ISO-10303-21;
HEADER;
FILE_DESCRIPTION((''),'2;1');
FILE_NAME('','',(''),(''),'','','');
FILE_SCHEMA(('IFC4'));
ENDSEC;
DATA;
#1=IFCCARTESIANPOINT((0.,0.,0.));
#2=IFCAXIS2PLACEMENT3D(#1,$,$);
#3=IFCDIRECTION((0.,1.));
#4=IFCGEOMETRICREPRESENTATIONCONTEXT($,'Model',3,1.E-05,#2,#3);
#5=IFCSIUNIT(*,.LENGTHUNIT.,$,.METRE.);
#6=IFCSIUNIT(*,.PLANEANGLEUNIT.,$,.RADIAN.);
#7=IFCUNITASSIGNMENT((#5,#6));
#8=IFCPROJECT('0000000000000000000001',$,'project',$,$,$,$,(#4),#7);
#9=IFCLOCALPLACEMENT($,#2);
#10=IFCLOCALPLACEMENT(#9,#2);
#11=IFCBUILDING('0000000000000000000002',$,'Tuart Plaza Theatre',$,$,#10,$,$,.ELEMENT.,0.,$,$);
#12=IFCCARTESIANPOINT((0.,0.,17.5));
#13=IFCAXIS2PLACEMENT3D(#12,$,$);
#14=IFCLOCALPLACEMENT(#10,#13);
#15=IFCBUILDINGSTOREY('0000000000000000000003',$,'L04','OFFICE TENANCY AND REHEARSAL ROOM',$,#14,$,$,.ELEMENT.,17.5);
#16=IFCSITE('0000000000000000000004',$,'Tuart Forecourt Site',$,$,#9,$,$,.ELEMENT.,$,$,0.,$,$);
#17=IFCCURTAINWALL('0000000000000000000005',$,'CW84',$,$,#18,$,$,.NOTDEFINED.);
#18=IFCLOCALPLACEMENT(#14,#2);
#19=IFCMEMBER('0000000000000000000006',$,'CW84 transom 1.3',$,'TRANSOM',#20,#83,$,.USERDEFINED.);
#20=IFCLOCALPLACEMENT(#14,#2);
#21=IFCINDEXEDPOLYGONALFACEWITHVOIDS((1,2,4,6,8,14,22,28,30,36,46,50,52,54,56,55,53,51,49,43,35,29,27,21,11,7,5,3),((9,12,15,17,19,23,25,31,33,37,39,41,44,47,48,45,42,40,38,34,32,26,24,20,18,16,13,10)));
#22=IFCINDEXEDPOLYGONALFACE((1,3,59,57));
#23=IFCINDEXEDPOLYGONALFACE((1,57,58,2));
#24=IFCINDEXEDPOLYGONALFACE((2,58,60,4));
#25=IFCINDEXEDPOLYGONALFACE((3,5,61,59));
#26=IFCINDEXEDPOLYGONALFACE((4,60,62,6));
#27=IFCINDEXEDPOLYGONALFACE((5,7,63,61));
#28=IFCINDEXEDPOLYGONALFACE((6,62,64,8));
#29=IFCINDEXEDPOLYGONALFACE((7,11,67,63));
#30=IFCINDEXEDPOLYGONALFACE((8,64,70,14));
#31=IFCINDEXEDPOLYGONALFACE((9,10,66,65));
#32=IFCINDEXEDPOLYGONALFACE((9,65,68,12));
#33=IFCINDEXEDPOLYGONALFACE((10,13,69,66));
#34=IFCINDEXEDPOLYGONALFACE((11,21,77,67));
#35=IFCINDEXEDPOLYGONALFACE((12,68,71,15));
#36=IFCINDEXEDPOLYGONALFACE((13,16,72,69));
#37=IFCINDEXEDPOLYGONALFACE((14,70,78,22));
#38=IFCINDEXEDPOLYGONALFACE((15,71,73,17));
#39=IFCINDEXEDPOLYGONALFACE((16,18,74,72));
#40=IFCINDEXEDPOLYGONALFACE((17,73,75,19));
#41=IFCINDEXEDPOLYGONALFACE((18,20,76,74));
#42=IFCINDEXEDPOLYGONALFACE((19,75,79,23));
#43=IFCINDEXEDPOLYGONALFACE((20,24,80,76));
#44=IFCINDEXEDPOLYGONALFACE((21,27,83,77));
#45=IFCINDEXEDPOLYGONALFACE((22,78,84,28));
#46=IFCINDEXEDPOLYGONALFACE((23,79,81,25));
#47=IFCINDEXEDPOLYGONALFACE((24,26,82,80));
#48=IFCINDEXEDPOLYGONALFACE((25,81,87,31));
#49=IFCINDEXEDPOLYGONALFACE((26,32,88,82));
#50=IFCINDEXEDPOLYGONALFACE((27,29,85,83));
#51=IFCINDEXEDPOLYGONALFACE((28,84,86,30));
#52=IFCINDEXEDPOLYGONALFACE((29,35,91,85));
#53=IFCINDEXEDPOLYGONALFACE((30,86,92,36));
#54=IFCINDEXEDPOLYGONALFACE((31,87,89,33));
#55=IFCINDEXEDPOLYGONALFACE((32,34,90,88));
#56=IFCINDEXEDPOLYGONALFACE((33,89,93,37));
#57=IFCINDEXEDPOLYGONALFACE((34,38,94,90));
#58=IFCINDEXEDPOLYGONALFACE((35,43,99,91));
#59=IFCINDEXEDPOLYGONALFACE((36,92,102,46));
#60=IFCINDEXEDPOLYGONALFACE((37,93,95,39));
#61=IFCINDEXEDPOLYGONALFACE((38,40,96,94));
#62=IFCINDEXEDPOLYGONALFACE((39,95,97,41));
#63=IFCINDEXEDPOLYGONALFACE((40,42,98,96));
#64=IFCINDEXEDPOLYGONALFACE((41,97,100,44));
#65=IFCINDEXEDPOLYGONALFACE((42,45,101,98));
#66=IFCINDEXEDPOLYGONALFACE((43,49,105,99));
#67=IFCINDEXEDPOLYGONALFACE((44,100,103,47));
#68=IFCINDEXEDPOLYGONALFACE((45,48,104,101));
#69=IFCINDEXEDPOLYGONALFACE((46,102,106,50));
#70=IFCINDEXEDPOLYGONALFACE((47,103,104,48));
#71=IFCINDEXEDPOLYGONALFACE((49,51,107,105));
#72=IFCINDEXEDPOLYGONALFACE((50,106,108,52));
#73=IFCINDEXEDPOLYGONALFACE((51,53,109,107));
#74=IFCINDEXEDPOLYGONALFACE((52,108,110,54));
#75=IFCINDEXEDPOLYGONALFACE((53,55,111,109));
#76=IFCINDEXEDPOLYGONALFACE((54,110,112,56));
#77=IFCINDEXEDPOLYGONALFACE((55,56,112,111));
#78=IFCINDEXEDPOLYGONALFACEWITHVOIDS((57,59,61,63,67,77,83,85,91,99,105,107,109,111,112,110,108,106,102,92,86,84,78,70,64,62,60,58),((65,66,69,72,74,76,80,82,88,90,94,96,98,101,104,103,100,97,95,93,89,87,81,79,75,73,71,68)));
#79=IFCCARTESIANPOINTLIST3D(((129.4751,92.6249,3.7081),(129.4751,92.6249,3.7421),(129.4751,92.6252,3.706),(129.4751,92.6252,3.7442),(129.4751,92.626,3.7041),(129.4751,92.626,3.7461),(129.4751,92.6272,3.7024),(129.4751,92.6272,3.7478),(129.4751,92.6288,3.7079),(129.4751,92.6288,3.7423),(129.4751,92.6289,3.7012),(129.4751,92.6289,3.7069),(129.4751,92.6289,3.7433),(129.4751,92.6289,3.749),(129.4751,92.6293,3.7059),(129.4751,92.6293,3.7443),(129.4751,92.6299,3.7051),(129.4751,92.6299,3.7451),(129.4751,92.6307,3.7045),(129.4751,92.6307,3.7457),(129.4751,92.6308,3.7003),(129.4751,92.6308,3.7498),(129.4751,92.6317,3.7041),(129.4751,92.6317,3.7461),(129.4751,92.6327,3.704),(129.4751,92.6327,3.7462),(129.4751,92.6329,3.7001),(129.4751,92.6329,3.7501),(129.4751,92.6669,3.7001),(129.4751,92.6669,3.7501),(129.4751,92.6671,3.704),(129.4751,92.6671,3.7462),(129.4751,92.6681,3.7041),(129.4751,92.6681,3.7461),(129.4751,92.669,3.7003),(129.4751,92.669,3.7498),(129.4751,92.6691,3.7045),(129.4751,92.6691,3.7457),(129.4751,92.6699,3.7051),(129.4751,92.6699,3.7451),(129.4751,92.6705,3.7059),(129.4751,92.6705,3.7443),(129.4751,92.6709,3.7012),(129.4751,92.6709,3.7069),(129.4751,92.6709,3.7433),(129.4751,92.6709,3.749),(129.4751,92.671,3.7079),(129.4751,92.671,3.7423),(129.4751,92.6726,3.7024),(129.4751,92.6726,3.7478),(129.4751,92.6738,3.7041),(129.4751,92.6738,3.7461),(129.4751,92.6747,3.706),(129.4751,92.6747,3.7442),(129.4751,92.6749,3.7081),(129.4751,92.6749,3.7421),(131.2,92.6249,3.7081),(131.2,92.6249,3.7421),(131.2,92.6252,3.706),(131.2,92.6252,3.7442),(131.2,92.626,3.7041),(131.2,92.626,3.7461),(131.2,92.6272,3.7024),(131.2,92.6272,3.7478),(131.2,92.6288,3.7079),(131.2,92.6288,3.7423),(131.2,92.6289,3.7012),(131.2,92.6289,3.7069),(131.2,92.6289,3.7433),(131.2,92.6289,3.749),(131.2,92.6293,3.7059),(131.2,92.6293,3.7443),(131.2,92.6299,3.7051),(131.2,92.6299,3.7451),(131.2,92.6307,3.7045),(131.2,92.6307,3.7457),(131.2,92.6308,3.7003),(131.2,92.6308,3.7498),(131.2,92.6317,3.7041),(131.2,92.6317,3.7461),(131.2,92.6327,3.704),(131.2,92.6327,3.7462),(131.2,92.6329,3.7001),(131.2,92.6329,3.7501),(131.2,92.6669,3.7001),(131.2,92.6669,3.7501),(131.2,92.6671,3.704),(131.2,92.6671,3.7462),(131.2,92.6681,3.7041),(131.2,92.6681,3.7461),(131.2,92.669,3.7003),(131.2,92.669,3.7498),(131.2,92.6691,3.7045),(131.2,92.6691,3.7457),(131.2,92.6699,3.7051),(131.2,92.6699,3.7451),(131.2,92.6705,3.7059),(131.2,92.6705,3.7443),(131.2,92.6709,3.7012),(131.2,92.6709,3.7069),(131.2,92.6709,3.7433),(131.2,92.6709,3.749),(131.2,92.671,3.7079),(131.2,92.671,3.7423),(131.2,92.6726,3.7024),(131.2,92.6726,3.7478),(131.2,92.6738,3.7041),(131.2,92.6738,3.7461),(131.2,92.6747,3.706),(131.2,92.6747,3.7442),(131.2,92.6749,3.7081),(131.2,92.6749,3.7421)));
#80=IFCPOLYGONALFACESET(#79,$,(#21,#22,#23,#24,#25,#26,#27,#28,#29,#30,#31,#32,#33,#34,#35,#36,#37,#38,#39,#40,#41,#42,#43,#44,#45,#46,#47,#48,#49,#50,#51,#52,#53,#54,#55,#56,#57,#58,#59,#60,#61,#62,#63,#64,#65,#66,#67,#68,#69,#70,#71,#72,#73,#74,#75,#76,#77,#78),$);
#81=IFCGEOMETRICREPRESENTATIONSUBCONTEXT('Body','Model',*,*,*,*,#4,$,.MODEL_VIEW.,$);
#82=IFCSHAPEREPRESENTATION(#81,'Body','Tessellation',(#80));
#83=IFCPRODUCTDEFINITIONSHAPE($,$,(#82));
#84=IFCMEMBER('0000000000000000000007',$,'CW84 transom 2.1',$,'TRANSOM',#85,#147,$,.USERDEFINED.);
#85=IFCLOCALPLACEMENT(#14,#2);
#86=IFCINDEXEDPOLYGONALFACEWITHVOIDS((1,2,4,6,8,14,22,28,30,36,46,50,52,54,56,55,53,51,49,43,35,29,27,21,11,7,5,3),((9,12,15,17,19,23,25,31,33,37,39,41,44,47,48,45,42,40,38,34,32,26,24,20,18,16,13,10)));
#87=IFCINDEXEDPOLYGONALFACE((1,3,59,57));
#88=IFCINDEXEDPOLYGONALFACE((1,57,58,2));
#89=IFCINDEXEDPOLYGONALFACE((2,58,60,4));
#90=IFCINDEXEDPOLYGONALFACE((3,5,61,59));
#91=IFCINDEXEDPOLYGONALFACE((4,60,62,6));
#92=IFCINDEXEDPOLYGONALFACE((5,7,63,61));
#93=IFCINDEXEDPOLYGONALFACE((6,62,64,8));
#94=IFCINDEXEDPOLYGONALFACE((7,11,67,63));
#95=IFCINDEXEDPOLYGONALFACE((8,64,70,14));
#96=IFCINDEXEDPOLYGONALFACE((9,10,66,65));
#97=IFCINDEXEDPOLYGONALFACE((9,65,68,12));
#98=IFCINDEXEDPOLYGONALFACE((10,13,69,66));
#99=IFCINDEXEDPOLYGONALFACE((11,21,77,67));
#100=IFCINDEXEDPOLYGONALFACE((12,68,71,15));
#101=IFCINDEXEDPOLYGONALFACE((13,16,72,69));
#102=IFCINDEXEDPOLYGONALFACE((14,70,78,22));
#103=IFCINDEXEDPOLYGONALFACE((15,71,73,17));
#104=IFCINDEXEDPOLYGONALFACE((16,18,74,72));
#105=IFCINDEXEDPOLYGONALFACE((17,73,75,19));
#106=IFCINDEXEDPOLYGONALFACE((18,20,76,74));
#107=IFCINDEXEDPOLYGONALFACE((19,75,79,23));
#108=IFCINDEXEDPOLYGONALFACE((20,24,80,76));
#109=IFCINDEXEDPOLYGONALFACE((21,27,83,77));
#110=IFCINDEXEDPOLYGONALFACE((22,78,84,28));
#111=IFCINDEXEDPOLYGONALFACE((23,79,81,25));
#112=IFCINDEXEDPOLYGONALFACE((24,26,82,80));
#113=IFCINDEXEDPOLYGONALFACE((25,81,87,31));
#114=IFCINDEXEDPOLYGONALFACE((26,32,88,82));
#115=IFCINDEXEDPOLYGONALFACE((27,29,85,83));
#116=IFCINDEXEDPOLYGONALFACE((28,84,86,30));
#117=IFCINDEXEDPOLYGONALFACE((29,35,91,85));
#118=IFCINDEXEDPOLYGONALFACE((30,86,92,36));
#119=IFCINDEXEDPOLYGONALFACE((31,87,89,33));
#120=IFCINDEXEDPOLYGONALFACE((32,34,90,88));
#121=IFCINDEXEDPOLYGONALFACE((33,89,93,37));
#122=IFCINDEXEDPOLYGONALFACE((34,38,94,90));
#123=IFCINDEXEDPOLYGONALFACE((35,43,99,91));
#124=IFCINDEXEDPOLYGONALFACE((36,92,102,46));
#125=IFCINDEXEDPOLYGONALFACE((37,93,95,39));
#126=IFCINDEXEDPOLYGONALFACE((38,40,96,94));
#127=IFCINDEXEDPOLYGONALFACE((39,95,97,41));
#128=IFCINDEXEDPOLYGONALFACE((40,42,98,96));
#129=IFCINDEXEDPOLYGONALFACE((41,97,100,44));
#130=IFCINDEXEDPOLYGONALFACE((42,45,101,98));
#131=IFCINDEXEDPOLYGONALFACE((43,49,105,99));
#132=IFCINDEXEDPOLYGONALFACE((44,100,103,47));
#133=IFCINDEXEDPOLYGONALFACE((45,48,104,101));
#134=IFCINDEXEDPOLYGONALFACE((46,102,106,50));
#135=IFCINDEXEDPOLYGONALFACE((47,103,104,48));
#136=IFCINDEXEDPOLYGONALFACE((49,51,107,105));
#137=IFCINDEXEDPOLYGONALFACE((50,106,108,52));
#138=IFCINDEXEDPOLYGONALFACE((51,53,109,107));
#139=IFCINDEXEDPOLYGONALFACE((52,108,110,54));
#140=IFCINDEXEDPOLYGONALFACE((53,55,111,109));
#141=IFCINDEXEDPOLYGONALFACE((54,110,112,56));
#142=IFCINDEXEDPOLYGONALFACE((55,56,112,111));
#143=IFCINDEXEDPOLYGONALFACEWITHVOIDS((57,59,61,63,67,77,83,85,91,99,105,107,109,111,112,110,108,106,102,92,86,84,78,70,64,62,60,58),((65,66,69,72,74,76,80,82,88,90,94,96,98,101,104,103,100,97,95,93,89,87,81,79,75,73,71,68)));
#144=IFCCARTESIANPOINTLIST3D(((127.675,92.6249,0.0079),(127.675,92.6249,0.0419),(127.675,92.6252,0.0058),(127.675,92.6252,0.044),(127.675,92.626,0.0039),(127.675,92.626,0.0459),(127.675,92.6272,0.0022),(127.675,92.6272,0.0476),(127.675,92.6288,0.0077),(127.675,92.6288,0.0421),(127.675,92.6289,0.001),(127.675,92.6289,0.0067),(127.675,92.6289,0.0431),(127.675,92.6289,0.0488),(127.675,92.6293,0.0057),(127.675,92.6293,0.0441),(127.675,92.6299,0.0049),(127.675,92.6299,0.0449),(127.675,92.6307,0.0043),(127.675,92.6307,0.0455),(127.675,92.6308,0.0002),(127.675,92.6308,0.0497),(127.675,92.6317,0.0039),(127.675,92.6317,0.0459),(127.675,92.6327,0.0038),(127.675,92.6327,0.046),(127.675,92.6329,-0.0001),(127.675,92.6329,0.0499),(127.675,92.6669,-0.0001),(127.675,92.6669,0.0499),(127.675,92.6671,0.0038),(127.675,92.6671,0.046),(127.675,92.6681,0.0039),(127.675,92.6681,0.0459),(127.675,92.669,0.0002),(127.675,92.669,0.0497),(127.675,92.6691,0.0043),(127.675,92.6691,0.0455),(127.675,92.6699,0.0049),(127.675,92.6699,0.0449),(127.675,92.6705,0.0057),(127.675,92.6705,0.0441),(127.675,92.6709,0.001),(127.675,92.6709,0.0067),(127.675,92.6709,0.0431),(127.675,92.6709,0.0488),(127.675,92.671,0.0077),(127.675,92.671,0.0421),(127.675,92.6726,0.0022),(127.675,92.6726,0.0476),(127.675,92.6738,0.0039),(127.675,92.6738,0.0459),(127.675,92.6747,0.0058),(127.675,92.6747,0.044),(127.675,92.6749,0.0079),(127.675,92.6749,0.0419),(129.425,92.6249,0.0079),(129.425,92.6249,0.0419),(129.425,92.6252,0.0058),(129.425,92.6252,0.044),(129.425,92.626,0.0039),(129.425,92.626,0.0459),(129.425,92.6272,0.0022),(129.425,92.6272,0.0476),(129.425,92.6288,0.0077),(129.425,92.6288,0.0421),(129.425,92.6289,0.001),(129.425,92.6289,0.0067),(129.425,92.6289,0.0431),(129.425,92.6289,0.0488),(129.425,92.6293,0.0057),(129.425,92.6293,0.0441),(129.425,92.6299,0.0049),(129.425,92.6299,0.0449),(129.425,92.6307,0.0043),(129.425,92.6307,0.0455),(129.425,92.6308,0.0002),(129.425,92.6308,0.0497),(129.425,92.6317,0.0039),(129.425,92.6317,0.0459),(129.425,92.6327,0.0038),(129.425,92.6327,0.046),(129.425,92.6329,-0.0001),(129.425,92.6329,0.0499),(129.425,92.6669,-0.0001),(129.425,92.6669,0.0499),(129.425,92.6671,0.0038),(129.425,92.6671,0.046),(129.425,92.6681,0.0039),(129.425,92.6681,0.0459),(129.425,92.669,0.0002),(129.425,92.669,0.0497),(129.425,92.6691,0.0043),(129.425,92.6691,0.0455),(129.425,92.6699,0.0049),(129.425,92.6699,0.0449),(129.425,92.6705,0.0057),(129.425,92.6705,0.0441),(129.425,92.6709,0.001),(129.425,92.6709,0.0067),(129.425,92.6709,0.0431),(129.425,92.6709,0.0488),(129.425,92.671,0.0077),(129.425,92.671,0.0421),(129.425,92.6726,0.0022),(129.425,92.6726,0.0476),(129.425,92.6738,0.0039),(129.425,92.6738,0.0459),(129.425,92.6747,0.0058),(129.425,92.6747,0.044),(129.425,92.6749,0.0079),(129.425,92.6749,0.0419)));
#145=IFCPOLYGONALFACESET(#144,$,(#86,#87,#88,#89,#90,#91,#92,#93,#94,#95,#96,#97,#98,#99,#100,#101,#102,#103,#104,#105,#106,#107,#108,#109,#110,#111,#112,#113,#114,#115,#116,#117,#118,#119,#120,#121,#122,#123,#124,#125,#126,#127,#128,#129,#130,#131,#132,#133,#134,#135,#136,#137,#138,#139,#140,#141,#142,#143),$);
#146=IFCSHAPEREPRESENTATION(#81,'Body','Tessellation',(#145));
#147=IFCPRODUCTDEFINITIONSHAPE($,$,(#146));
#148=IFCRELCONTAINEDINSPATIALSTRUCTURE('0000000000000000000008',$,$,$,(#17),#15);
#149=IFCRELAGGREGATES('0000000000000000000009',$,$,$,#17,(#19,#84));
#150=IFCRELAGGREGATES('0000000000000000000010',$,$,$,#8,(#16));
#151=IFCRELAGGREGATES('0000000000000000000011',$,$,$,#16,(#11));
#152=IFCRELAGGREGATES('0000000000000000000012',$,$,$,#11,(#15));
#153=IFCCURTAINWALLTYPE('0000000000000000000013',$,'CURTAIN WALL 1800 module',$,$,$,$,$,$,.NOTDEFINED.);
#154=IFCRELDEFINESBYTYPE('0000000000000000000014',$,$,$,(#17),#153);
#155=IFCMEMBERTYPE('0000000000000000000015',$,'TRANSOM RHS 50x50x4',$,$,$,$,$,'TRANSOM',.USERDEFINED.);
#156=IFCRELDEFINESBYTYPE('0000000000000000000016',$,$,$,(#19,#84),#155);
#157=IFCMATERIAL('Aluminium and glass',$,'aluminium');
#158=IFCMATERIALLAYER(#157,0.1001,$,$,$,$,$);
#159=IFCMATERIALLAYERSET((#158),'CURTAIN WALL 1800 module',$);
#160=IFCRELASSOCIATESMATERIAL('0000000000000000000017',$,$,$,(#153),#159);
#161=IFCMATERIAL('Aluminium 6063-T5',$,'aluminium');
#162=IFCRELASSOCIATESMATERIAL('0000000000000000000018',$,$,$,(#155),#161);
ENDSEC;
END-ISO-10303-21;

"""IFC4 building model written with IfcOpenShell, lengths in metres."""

from ifc_helpers import new_model, si_unit, direction, frame, origin, origin_2d, place, context, subcontext, project, spatial, hollow_rectangle, extrude, material, layer, layer_set, material_profile, profile_set, type_object, element, aggregate, save


model = new_model("IFC4")

# Units and contexts
model_context = context("Model", 3, precision=1e-05, world=origin(), true_north=direction((0.0, 1.0)))
body_context = subcontext(model_context, "Body", "Model", "MODEL_VIEW")
ifc_project = project(units=[si_unit("LENGTHUNIT", "METRE"), si_unit("PLANEANGLEUNIT", "RADIAN")], contexts=[model_context])

# Site, building, storey
site_placement = place(None, origin())
site = spatial("IfcSite", under=ifc_project, at=site_placement, Name="Tuart Forecourt Site", CompositionType="ELEMENT", RefElevation=0.0)
building_placement = place(site_placement, origin())
building = spatial("IfcBuilding", under=site, at=building_placement, Name="Tuart Plaza Theatre", CompositionType="ELEMENT", ElevationOfRefHeight=0.0)
storey_placement = place(building_placement, frame((0.0, 0.0, 17.5)))
storey = spatial("IfcBuildingStorey", under=building, at=storey_placement, Name="L04", Description="OFFICE TENANCY AND REHEARSAL ROOM", CompositionType="ELEMENT", Elevation=17.5)

# Curtain wall
ifc_material_1 = material(Name="Aluminium and glass", Category="aluminium")
ifc_layer_1 = layer(ifc_material_1, 0.1001)
ifc_layer_set_1 = layer_set([ifc_layer_1], Name="CURTAIN WALL 1800 module")
curtain_wall_type_1 = type_object("IfcCurtainWallType", Name="CURTAIN WALL 1800 module", PredefinedType="NOTDEFINED", material=ifc_layer_set_1)
curtain_wall_1_placement = place(storey_placement, origin())
curtain_wall_1 = element("IfcCurtainWall", 1, at=curtain_wall_1_placement, inside=storey, type_object=curtain_wall_type_1, Name="CW84", PredefinedType="NOTDEFINED")

# Members
ifc_material_2 = material(Name="Aluminium 6063-T5", Category="aluminium")
ifc_material_profile_1 = material_profile(ifc_material_2, hollow_rectangle(XDim=0.05, YDim=0.05, WallThickness=0.0039, InnerFilletRadius=0.0039, OuterFilletRadius=0.0081, at=origin_2d()), Name="RHS 50x50x4")
ifc_profile_set_1 = profile_set([ifc_material_profile_1], Name="Aluminium 6063-T5")
member_type_1 = type_object("IfcMemberType", Name="TRANSOM RHS 50x50x4", ElementType="TRANSOM", PredefinedType="USERDEFINED", material=ifc_profile_set_1)
member_1_placement = place(storey_placement, frame((131.2, 92.6499, 3.7251), z_axis=(-1.0, 0.0, 0.0), x_axis=(0.0, -1.0, 0.0)))
member_1 = element("IfcMember", 2, at=member_1_placement, type_object=member_type_1, Name="CW84 transom 1.3", ObjectType="TRANSOM", PredefinedType="USERDEFINED", context=body_context, shape_type="SweptSolid", body=[
    extrude(hollow_rectangle(XDim=0.05, YDim=0.05, WallThickness=0.0039, InnerFilletRadius=0.0039, OuterFilletRadius=0.0081, at=origin_2d()), origin(), (0.0, 0.0, 1.0), 1.7249),
])
member_2_placement = place(storey_placement, frame((129.425, 92.6499, 0.0249), z_axis=(-1.0, 0.0, 0.0), x_axis=(0.0, -1.0, 0.0)))
member_2 = element("IfcMember", 3, at=member_2_placement, type_object=member_type_1, Name="CW84 transom 2.1", ObjectType="TRANSOM", PredefinedType="USERDEFINED", context=body_context, shape_type="SweptSolid", body=[
    extrude(hollow_rectangle(XDim=0.05, YDim=0.05, WallThickness=0.0039, InnerFilletRadius=0.0039, OuterFilletRadius=0.0081, at=origin_2d()), origin(), (0.0, 0.0, 1.0), 1.75),
])

aggregate(curtain_wall_1, [member_1, member_2])

save(model, "model.ifc")
